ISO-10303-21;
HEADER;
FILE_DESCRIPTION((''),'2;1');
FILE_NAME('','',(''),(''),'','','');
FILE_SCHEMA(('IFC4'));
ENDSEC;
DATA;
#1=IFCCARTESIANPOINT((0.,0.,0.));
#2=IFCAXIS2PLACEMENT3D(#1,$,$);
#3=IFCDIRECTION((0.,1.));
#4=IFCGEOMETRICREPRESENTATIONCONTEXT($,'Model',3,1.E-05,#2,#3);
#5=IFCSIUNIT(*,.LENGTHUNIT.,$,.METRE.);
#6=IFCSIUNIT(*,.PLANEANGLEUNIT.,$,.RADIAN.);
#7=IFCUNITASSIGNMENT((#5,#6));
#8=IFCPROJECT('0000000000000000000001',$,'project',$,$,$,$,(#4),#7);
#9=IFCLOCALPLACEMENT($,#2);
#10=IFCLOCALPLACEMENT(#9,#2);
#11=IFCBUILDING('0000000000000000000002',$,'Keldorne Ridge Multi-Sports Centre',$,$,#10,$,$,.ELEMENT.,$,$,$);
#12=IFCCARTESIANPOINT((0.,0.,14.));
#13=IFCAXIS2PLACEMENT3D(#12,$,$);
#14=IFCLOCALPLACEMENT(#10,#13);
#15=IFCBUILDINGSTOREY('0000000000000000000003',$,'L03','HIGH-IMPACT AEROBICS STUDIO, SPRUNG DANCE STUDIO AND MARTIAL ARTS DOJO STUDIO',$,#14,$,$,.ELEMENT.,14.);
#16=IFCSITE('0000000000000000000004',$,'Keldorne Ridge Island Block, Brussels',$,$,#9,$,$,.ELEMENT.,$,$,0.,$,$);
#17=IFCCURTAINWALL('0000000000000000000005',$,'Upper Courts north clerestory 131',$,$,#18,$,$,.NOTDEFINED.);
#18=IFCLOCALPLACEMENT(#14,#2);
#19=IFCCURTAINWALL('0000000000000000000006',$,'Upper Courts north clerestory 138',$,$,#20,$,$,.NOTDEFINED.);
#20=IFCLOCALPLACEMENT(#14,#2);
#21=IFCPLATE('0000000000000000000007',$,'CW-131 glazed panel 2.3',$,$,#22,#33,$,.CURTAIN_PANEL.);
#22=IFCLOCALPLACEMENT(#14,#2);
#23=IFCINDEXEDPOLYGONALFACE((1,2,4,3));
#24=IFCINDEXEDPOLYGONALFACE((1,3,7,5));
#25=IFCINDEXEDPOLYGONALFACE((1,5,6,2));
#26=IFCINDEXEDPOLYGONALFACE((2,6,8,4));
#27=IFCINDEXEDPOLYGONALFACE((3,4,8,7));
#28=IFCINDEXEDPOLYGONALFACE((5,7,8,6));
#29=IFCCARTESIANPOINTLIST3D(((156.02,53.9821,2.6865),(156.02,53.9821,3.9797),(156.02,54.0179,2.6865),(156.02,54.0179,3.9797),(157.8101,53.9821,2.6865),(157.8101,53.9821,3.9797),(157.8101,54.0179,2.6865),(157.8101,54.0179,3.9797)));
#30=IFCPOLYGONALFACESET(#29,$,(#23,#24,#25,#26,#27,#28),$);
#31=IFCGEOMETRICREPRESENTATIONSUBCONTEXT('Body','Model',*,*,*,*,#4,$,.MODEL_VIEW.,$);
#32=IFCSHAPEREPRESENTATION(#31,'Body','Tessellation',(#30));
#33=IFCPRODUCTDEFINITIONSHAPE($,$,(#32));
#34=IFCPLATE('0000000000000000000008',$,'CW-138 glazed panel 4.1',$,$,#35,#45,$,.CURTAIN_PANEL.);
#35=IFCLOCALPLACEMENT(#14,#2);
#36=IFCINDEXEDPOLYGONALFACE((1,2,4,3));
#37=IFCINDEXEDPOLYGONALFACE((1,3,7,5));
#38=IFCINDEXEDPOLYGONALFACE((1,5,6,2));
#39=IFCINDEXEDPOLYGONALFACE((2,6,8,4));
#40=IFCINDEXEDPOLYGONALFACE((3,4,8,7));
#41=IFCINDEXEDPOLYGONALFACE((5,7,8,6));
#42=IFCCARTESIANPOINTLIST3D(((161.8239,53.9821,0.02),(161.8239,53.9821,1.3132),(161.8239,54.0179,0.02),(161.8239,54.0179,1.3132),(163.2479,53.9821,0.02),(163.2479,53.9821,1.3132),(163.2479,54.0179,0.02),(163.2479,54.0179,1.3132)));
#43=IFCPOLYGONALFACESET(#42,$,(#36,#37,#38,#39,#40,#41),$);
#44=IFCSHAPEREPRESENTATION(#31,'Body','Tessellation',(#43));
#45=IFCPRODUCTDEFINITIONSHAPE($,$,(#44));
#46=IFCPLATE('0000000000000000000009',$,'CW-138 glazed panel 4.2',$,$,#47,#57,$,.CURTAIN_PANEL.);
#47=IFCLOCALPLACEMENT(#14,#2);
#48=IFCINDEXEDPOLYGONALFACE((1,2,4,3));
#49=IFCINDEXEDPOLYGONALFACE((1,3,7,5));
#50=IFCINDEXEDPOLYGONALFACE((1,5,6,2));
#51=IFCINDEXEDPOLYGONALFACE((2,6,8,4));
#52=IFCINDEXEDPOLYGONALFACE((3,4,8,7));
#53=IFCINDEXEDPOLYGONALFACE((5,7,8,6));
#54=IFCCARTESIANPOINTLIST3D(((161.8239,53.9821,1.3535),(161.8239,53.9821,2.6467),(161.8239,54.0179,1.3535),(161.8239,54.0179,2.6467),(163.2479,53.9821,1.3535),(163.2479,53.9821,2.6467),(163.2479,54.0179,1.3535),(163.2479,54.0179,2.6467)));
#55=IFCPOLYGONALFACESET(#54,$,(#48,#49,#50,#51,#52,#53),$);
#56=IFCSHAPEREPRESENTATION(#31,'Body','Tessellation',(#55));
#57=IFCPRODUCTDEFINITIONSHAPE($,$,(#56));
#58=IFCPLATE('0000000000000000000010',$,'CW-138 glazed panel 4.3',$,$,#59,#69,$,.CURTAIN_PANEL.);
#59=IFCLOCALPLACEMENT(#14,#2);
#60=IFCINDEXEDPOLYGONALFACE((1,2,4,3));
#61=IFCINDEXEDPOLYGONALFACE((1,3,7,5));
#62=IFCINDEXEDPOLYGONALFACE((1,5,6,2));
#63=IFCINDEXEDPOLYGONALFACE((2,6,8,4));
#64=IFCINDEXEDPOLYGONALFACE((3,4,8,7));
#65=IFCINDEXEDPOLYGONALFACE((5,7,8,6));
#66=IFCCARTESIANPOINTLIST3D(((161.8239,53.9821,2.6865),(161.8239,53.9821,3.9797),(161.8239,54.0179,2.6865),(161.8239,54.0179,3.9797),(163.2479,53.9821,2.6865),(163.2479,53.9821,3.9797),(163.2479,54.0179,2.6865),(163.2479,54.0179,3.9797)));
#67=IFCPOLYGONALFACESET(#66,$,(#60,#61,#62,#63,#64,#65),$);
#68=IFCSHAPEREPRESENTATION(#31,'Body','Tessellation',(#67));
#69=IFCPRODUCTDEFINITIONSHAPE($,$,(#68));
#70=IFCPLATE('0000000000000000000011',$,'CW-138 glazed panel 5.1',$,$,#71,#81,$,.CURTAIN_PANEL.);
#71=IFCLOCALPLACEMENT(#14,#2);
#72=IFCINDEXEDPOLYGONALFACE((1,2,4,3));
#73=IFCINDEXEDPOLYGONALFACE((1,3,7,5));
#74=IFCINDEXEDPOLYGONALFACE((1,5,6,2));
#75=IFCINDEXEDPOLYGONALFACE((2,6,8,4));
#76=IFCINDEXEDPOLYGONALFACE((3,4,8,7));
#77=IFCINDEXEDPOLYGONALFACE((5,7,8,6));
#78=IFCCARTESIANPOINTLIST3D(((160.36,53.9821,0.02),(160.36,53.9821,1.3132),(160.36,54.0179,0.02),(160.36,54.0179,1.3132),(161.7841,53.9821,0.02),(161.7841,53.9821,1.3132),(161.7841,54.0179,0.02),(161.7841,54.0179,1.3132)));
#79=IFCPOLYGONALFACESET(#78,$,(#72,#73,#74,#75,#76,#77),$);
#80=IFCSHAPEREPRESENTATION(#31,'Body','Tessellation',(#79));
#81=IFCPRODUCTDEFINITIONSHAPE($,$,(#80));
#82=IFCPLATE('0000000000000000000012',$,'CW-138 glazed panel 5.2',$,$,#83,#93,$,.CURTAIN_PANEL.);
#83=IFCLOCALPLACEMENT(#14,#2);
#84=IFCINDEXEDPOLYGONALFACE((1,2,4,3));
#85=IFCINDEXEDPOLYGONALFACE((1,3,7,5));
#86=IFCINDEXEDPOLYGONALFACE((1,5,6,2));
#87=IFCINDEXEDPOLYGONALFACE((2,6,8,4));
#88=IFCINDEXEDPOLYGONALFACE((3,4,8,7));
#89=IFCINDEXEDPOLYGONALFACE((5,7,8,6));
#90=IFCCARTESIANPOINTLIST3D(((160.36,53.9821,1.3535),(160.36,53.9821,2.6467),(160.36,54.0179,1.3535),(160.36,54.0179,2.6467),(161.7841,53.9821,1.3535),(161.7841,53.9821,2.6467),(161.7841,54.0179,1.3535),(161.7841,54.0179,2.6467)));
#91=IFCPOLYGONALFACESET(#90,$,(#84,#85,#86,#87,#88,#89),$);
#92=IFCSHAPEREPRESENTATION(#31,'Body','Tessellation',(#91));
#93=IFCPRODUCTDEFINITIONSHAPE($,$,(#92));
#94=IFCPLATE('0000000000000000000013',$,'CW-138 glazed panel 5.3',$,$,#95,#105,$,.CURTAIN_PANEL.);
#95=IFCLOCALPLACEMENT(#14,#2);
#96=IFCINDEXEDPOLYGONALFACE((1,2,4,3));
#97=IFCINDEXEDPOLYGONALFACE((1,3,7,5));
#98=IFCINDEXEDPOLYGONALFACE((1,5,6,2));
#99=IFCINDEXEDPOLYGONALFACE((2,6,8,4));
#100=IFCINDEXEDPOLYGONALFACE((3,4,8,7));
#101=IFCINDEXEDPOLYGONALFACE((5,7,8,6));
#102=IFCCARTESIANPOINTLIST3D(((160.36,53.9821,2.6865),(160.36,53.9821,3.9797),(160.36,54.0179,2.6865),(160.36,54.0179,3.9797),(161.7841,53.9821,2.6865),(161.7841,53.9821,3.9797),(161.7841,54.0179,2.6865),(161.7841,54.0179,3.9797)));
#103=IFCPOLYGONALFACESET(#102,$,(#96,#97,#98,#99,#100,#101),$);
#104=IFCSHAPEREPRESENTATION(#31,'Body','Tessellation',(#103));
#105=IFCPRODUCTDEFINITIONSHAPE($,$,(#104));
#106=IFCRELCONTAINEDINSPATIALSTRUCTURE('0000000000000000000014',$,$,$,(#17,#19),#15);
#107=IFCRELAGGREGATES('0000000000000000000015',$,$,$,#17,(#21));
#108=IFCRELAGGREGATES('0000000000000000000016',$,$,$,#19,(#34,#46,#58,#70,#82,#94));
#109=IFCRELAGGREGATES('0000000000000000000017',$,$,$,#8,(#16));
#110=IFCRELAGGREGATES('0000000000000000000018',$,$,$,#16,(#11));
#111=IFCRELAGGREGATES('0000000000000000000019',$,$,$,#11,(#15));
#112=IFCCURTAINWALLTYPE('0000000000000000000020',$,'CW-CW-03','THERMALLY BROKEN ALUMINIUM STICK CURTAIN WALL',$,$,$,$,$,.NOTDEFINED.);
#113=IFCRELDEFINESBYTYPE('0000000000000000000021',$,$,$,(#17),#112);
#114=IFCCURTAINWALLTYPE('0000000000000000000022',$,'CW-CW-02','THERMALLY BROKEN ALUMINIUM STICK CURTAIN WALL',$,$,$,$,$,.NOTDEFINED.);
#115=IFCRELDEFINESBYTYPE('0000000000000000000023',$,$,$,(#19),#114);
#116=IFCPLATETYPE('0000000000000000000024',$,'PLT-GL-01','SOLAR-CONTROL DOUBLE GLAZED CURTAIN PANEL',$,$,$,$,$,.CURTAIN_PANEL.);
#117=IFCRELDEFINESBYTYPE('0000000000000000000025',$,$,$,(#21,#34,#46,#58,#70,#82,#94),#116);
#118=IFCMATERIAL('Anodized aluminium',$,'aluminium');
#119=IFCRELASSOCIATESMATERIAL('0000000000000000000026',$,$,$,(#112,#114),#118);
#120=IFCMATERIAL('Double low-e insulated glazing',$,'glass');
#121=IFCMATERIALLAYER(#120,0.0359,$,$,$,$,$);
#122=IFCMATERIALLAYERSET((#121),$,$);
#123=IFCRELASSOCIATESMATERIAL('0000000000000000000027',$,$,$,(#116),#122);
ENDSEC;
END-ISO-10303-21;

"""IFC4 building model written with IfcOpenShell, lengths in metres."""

from ifc_helpers import new_model, si_unit, direction, frame, origin, origin_2d, place, context, subcontext, project, spatial, rectangle, extrude, material, layer, layer_set, type_object, element, aggregate, save


model = new_model("IFC4")

# Units and contexts
model_context = context("Model", 3, precision=1e-05, world=origin(), true_north=direction((0.0, 1.0)))
body_context = subcontext(model_context, "Body", "Model", "MODEL_VIEW")
ifc_project = project(units=[si_unit("LENGTHUNIT", "METRE"), si_unit("PLANEANGLEUNIT", "RADIAN")], contexts=[model_context])

# Site, building, storey
site_placement = place(None, origin())
site = spatial("IfcSite", under=ifc_project, at=site_placement, Name="Keldorne Ridge Island Block, Brussels", CompositionType="ELEMENT", RefElevation=0.0)
building_placement = place(site_placement, origin())
building = spatial("IfcBuilding", under=site, at=building_placement, Name="Keldorne Ridge Multi-Sports Centre", CompositionType="ELEMENT")
storey_placement = place(building_placement, frame((0.0, 0.0, 14.0)))
storey = spatial("IfcBuildingStorey", under=building, at=storey_placement, Name="L03", Description="HIGH-IMPACT AEROBICS STUDIO, SPRUNG DANCE STUDIO AND MARTIAL ARTS DOJO STUDIO", CompositionType="ELEMENT", Elevation=14.0)

# Curtain walls
ifc_material_1 = material(Name="Anodized aluminium", Category="aluminium")
curtain_wall_type_1 = type_object("IfcCurtainWallType", Name="CW-CW-03", Description="THERMALLY BROKEN ALUMINIUM STICK CURTAIN WALL", PredefinedType="NOTDEFINED", material=ifc_material_1)
curtain_wall_1_placement = place(storey_placement, origin())
curtain_wall_1 = element("IfcCurtainWall", 1, at=curtain_wall_1_placement, inside=storey, type_object=curtain_wall_type_1, Name="Upper Courts north clerestory 131", PredefinedType="NOTDEFINED")
curtain_wall_type_2 = type_object("IfcCurtainWallType", Name="CW-CW-02", Description="THERMALLY BROKEN ALUMINIUM STICK CURTAIN WALL", PredefinedType="NOTDEFINED", material=ifc_material_1)
curtain_wall_2_placement = place(storey_placement, origin())
curtain_wall_2 = element("IfcCurtainWall", 2, at=curtain_wall_2_placement, inside=storey, type_object=curtain_wall_type_2, Name="Upper Courts north clerestory 138", PredefinedType="NOTDEFINED")

# Plates
ifc_material_2 = material(Name="Double low-e insulated glazing", Category="glass")
ifc_layer = layer(ifc_material_2, 0.0359)
ifc_layer_set = layer_set([ifc_layer])
plate_type = type_object("IfcPlateType", Name="PLT-GL-01", Description="SOLAR-CONTROL DOUBLE GLAZED CURTAIN PANEL", PredefinedType="CURTAIN_PANEL", material=ifc_layer_set)
plate_1_placement = place(storey_placement, frame((156.915, 54.0, 2.6865), z_axis=(0.0, 0.0, 1.0), x_axis=(-1.0, 0.0, 0.0)))
plate_1 = element("IfcPlate", 3, at=plate_1_placement, type_object=plate_type, Name="CW-131 glazed panel 2.3", PredefinedType="CURTAIN_PANEL", context=body_context, shape_type="SweptSolid", body=[
    extrude(rectangle(XDim=1.79, YDim=0.0359, at=origin_2d()), origin(), (0.0, 0.0, 1.0), 1.2932),
])
aggregate(curtain_wall_1, [plate_1])
plate_2_placement = place(storey_placement, frame((162.5359, 54.0, 0.02), z_axis=(0.0, 0.0, 1.0), x_axis=(-1.0, 0.0, 0.0)))
plate_2 = element("IfcPlate", 4, at=plate_2_placement, type_object=plate_type, Name="CW-138 glazed panel 4.1", PredefinedType="CURTAIN_PANEL", context=body_context, shape_type="SweptSolid", body=[
    extrude(rectangle(XDim=1.4241, YDim=0.0359, at=origin_2d()), origin(), (0.0, 0.0, 1.0), 1.2932),
])
plate_3_placement = place(storey_placement, frame((162.5359, 54.0, 1.3535), z_axis=(0.0, 0.0, 1.0), x_axis=(-1.0, 0.0, 0.0)))
plate_3 = element("IfcPlate", 5, at=plate_3_placement, type_object=plate_type, Name="CW-138 glazed panel 4.2", PredefinedType="CURTAIN_PANEL", context=body_context, shape_type="SweptSolid", body=[
    extrude(rectangle(XDim=1.4241, YDim=0.0359, at=origin_2d()), origin(), (0.0, 0.0, 1.0), 1.2932),
])
plate_4_placement = place(storey_placement, frame((162.5359, 54.0, 2.6865), z_axis=(0.0, 0.0, 1.0), x_axis=(-1.0, 0.0, 0.0)))
plate_4 = element("IfcPlate", 6, at=plate_4_placement, type_object=plate_type, Name="CW-138 glazed panel 4.3", PredefinedType="CURTAIN_PANEL", context=body_context, shape_type="SweptSolid", body=[
    extrude(rectangle(XDim=1.4241, YDim=0.0359, at=origin_2d()), origin(), (0.0, 0.0, 1.0), 1.2932),
])
plate_5_placement = place(storey_placement, frame((161.072, 54.0, 0.02), z_axis=(0.0, 0.0, 1.0), x_axis=(-1.0, 0.0, 0.0)))
plate_5 = element("IfcPlate", 7, at=plate_5_placement, type_object=plate_type, Name="CW-138 glazed panel 5.1", PredefinedType="CURTAIN_PANEL", context=body_context, shape_type="SweptSolid", body=[
    extrude(rectangle(XDim=1.4241, YDim=0.0359, at=origin_2d()), origin(), (0.0, 0.0, 1.0), 1.2932),
])
plate_6_placement = place(storey_placement, frame((161.072, 54.0, 1.3535), z_axis=(0.0, 0.0, 1.0), x_axis=(-1.0, 0.0, 0.0)))
plate_6 = element("IfcPlate", 8, at=plate_6_placement, type_object=plate_type, Name="CW-138 glazed panel 5.2", PredefinedType="CURTAIN_PANEL", context=body_context, shape_type="SweptSolid", body=[
    extrude(rectangle(XDim=1.4241, YDim=0.0359, at=origin_2d()), origin(), (0.0, 0.0, 1.0), 1.2932),
])
plate_7_placement = place(storey_placement, frame((161.072, 54.0, 2.6865), z_axis=(0.0, 0.0, 1.0), x_axis=(-1.0, 0.0, 0.0)))
plate_7 = element("IfcPlate", 9, at=plate_7_placement, type_object=plate_type, Name="CW-138 glazed panel 5.3", PredefinedType="CURTAIN_PANEL", context=body_context, shape_type="SweptSolid", body=[
    extrude(rectangle(XDim=1.4241, YDim=0.0359, at=origin_2d()), origin(), (0.0, 0.0, 1.0), 1.2932),
])
aggregate(curtain_wall_2, [plate_2, plate_3, plate_4, plate_5, plate_6, plate_7])

save(model, "model.ifc")
